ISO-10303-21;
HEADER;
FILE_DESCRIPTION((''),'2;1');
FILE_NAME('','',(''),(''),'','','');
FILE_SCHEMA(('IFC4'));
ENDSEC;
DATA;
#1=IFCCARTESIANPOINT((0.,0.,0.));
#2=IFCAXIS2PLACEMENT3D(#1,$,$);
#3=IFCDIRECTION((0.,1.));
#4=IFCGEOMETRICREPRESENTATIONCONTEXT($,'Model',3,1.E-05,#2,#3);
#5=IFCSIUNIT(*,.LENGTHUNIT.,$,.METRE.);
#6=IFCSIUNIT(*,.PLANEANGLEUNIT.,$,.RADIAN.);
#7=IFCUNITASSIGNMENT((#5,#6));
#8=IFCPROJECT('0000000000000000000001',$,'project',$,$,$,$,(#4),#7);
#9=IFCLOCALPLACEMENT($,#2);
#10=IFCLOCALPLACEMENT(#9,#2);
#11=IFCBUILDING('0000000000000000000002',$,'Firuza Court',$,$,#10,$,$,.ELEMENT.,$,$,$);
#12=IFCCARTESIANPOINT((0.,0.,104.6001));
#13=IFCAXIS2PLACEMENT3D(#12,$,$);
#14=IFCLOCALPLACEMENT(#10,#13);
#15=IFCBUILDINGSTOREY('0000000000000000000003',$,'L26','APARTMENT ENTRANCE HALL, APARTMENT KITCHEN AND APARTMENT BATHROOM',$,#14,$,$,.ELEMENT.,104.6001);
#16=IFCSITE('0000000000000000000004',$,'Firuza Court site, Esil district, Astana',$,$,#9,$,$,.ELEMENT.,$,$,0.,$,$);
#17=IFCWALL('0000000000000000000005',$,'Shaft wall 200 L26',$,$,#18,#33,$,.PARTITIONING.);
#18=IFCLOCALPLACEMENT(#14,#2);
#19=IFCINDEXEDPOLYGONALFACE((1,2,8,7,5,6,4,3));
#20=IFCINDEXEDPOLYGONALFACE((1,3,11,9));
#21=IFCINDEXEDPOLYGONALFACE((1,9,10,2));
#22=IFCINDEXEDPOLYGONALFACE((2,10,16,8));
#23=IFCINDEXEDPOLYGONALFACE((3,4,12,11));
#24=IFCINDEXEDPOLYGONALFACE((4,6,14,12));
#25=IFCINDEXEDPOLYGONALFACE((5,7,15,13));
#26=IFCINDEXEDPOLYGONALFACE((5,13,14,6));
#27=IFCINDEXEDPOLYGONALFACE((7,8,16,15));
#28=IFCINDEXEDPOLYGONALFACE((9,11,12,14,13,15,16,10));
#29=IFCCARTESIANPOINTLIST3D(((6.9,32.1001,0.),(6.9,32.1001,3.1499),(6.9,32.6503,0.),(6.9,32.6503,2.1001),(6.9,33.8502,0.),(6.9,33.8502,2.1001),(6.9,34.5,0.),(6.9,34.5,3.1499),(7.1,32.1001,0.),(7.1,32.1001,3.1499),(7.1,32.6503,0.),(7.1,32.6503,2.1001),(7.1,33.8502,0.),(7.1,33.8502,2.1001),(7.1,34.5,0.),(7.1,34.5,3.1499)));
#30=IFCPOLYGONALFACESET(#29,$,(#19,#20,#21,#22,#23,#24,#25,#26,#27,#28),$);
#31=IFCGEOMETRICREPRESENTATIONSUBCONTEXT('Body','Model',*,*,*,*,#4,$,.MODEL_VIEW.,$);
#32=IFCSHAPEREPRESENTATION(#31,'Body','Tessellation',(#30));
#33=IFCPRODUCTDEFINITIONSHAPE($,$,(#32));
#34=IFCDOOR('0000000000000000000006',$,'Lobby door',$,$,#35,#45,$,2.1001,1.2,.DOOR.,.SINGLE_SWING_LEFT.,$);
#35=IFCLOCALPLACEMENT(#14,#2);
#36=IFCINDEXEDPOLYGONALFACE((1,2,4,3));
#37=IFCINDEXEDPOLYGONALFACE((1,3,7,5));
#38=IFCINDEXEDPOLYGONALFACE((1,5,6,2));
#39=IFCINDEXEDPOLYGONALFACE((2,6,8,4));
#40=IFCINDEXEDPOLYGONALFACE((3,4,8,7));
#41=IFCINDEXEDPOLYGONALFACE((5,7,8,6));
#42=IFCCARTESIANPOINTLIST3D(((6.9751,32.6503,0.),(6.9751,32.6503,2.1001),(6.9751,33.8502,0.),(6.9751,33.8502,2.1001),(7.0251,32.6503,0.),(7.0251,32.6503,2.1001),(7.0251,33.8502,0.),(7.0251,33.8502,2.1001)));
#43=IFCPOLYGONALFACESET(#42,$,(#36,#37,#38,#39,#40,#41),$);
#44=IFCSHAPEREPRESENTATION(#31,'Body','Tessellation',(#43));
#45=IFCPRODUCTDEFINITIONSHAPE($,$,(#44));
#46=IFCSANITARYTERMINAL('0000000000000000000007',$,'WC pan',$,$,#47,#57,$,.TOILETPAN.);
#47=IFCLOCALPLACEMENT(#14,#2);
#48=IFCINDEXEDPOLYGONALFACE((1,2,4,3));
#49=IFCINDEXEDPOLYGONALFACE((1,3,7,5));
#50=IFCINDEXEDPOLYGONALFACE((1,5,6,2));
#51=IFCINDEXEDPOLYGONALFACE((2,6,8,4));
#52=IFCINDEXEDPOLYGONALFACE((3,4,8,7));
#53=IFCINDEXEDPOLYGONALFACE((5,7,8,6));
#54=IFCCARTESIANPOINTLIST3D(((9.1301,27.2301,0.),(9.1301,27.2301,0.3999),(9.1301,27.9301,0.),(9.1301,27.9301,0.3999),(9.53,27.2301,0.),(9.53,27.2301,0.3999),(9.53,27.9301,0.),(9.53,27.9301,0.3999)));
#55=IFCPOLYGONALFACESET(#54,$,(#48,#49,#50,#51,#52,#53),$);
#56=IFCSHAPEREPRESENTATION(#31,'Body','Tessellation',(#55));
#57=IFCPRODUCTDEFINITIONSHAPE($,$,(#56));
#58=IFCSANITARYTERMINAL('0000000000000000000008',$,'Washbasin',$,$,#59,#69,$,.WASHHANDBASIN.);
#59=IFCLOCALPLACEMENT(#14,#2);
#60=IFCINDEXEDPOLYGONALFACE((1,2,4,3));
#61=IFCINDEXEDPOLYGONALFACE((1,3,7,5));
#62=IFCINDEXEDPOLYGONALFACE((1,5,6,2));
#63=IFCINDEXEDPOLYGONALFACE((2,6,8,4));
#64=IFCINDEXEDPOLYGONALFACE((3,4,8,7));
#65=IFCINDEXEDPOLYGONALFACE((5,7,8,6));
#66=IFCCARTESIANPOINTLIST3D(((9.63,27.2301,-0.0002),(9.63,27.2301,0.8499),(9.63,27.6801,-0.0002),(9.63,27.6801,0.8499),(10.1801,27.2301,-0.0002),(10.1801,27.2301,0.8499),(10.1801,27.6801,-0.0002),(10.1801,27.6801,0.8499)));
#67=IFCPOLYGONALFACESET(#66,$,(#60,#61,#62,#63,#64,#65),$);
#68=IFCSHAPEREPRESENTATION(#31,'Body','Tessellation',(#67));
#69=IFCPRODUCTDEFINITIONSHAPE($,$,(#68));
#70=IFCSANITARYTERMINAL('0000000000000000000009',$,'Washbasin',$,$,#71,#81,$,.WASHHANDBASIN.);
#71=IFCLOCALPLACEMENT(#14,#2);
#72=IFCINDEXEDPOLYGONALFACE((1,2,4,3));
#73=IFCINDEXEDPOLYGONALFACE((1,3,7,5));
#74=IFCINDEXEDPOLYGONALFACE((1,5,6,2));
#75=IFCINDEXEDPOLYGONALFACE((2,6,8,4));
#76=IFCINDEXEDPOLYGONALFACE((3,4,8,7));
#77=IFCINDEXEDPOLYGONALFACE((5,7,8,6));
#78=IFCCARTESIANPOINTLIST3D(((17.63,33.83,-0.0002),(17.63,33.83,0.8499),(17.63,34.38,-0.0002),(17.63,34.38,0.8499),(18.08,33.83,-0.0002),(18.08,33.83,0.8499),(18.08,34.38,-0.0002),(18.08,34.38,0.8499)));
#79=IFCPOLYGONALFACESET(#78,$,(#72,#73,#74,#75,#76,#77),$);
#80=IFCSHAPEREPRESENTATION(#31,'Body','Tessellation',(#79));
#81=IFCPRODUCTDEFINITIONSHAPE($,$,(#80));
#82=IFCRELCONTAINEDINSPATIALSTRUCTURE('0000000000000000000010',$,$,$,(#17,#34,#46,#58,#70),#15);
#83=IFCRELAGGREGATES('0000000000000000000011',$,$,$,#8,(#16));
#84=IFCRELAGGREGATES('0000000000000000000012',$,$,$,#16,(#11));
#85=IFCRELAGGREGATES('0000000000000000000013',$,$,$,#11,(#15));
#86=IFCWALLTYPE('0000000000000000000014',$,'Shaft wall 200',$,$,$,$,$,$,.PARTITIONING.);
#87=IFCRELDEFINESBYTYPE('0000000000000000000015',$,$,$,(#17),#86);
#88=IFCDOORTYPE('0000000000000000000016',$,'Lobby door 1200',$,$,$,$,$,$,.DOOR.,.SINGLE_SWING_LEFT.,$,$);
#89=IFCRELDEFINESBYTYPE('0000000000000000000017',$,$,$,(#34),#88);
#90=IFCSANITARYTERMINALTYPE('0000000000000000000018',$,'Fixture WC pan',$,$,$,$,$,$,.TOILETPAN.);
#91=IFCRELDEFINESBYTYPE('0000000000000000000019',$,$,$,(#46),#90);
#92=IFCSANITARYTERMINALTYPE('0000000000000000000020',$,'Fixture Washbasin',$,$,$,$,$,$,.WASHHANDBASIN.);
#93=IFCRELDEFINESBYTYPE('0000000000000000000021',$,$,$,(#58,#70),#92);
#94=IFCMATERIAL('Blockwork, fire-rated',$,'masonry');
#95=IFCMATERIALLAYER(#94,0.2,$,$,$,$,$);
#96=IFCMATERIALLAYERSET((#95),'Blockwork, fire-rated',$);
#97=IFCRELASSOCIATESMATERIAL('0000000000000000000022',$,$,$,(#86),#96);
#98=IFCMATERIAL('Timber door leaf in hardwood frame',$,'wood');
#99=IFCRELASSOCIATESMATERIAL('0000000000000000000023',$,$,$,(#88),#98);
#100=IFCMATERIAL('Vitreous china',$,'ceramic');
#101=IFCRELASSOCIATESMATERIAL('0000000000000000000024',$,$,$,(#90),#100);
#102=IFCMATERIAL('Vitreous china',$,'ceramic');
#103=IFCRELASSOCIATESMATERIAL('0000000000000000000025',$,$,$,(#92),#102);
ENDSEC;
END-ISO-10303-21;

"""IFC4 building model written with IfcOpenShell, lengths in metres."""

from ifc_helpers import new_model, si_unit, direction, frame, frame_2d, origin, origin_2d, place, context, subcontext, project, spatial, rectangle, extrude, material, layer, layer_set, type_object, element, fill, save


model = new_model("IFC4")

# Units and contexts
model_context = context("Model", 3, precision=1e-05, world=origin(), true_north=direction((0.0, 1.0)))
body_context = subcontext(model_context, "Body", "Model", "MODEL_VIEW")
ifc_project = project(units=[si_unit("LENGTHUNIT", "METRE"), si_unit("PLANEANGLEUNIT", "RADIAN")], contexts=[model_context])

# Site, building, storey
site_placement = place(None, origin())
site = spatial("IfcSite", under=ifc_project, at=site_placement, Name="Firuza Court site, Esil district, Astana", CompositionType="ELEMENT", RefElevation=0.0)
building_placement = place(site_placement, origin())
building = spatial("IfcBuilding", under=site, at=building_placement, Name="Firuza Court", CompositionType="ELEMENT")
storey_placement = place(building_placement, frame((0.0, 0.0, 104.6001)))
storey = spatial("IfcBuildingStorey", under=building, at=storey_placement, Name="L26", Description="APARTMENT ENTRANCE HALL, APARTMENT KITCHEN AND APARTMENT BATHROOM", CompositionType="ELEMENT", Elevation=104.6001)

# Wall, opening, door
ifc_material_1 = material(Name="Blockwork, fire-rated", Category="masonry")
ifc_layer_1 = layer(ifc_material_1, 0.2)
ifc_layer_set_1 = layer_set([ifc_layer_1], Name="Blockwork, fire-rated")
wall_type_1 = type_object("IfcWallType", Name="Shaft wall 200", PredefinedType="PARTITIONING", material=ifc_layer_set_1)
wall_1_placement = place(storey_placement, frame((7.0, 32.1001, 0.0), z_axis=(0.0, 0.0, 1.0), x_axis=(0.0, 1.0, 0.0)))
wall_1 = element("IfcWall", 1, at=wall_1_placement, inside=storey, type_object=wall_type_1, Name="Shaft wall 200 L26", PredefinedType="PARTITIONING", context=body_context, shape_type="SweptSolid", body=[
    extrude(rectangle(XDim=2.3999, YDim=0.2, at=frame_2d((1.2, 0.0))), origin(), (0.0, 0.0, 1.0), 3.1499),
])
opening_1_placement = place(wall_1_placement, frame((0.55, 0.0, 0.0)))
opening_1 = element("IfcOpeningElement", 2, at=opening_1_placement, cuts=wall_1, PredefinedType="OPENING", context=body_context, shape_type="SweptSolid", body=[
    extrude(rectangle(XDim=1.2, YDim=2.1001, at=frame_2d((0.6001, 1.05))), frame((0.0, 0.1118, 0.0), z_axis=(0.0, -1.0, 0.0), x_axis=(1.0, 0.0, 0.0)), (0.0, 0.0, 1.0), 0.2239),
])
ifc_material_2 = material(Name="Timber door leaf in hardwood frame", Category="wood")
door_type_1 = type_object("IfcDoorType", Name="Lobby door 1200", OperationType="SINGLE_SWING_LEFT", PredefinedType="DOOR", material=ifc_material_2)
door_1_placement = place(opening_1_placement, origin())
door_1 = element("IfcDoor", 3, at=door_1_placement, inside=storey, type_object=door_type_1, Name="Lobby door", OperationType="SINGLE_SWING_LEFT", OverallHeight=2.1001, OverallWidth=1.2, PredefinedType="DOOR", context=body_context, shape_type="SweptSolid", body=[
    extrude(rectangle(XDim=1.2, YDim=2.1001, at=frame_2d((0.6001, 1.05))), frame((0.0, 0.0249, 0.0), z_axis=(0.0, -1.0, 0.0), x_axis=(1.0, 0.0, 0.0)), (0.0, 0.0, 1.0), 0.05),
])
fill(opening_1, door_1)

# Sanitary terminals
ifc_material_3 = material(Name="Vitreous china", Category="ceramic")
sanitary_terminal_type_1 = type_object("IfcSanitaryTerminalType", Name="Fixture WC pan", PredefinedType="TOILETPAN", material=ifc_material_3)
sanitary_terminal_1_placement = place(storey_placement, frame((9.3301, 27.5801, 0.0), z_axis=(0.0, 0.0, 1.0), x_axis=(1.0, 0.0, 0.0)))
element("IfcSanitaryTerminal", 4, at=sanitary_terminal_1_placement, inside=storey, type_object=sanitary_terminal_type_1, Name="WC pan", PredefinedType="TOILETPAN", context=body_context, shape_type="SweptSolid", body=[
    extrude(rectangle(XDim=0.3999, YDim=0.7, at=origin_2d()), origin(), (0.0, 0.0, 1.0), 0.3999),
])
ifc_material_4 = material(Name="Vitreous china", Category="ceramic")
sanitary_terminal_type_2 = type_object("IfcSanitaryTerminalType", Name="Fixture Washbasin", PredefinedType="WASHHANDBASIN", material=ifc_material_4)
sanitary_terminal_2_placement = place(storey_placement, frame((9.905, 27.4551, -0.0002), z_axis=(0.0, 0.0, 1.0), x_axis=(1.0, 0.0, 0.0)))
element("IfcSanitaryTerminal", 5, at=sanitary_terminal_2_placement, inside=storey, type_object=sanitary_terminal_type_2, Name="Washbasin", PredefinedType="WASHHANDBASIN", context=body_context, shape_type="SweptSolid", body=[
    extrude(rectangle(XDim=0.55, YDim=0.45, at=origin_2d()), origin(), (0.0, 0.0, 1.0), 0.8501),
])
sanitary_terminal_3_placement = place(storey_placement, frame((17.855, 34.105, -0.0002), z_axis=(0.0, 0.0, 1.0), x_axis=(1.0, 0.0, 0.0)))
element("IfcSanitaryTerminal", 6, at=sanitary_terminal_3_placement, inside=storey, type_object=sanitary_terminal_type_2, Name="Washbasin", PredefinedType="WASHHANDBASIN", context=body_context, shape_type="SweptSolid", body=[
    extrude(rectangle(XDim=0.45, YDim=0.55, at=origin_2d()), origin(), (0.0, 0.0, 1.0), 0.8501),
])

save(model, "model.ifc")
